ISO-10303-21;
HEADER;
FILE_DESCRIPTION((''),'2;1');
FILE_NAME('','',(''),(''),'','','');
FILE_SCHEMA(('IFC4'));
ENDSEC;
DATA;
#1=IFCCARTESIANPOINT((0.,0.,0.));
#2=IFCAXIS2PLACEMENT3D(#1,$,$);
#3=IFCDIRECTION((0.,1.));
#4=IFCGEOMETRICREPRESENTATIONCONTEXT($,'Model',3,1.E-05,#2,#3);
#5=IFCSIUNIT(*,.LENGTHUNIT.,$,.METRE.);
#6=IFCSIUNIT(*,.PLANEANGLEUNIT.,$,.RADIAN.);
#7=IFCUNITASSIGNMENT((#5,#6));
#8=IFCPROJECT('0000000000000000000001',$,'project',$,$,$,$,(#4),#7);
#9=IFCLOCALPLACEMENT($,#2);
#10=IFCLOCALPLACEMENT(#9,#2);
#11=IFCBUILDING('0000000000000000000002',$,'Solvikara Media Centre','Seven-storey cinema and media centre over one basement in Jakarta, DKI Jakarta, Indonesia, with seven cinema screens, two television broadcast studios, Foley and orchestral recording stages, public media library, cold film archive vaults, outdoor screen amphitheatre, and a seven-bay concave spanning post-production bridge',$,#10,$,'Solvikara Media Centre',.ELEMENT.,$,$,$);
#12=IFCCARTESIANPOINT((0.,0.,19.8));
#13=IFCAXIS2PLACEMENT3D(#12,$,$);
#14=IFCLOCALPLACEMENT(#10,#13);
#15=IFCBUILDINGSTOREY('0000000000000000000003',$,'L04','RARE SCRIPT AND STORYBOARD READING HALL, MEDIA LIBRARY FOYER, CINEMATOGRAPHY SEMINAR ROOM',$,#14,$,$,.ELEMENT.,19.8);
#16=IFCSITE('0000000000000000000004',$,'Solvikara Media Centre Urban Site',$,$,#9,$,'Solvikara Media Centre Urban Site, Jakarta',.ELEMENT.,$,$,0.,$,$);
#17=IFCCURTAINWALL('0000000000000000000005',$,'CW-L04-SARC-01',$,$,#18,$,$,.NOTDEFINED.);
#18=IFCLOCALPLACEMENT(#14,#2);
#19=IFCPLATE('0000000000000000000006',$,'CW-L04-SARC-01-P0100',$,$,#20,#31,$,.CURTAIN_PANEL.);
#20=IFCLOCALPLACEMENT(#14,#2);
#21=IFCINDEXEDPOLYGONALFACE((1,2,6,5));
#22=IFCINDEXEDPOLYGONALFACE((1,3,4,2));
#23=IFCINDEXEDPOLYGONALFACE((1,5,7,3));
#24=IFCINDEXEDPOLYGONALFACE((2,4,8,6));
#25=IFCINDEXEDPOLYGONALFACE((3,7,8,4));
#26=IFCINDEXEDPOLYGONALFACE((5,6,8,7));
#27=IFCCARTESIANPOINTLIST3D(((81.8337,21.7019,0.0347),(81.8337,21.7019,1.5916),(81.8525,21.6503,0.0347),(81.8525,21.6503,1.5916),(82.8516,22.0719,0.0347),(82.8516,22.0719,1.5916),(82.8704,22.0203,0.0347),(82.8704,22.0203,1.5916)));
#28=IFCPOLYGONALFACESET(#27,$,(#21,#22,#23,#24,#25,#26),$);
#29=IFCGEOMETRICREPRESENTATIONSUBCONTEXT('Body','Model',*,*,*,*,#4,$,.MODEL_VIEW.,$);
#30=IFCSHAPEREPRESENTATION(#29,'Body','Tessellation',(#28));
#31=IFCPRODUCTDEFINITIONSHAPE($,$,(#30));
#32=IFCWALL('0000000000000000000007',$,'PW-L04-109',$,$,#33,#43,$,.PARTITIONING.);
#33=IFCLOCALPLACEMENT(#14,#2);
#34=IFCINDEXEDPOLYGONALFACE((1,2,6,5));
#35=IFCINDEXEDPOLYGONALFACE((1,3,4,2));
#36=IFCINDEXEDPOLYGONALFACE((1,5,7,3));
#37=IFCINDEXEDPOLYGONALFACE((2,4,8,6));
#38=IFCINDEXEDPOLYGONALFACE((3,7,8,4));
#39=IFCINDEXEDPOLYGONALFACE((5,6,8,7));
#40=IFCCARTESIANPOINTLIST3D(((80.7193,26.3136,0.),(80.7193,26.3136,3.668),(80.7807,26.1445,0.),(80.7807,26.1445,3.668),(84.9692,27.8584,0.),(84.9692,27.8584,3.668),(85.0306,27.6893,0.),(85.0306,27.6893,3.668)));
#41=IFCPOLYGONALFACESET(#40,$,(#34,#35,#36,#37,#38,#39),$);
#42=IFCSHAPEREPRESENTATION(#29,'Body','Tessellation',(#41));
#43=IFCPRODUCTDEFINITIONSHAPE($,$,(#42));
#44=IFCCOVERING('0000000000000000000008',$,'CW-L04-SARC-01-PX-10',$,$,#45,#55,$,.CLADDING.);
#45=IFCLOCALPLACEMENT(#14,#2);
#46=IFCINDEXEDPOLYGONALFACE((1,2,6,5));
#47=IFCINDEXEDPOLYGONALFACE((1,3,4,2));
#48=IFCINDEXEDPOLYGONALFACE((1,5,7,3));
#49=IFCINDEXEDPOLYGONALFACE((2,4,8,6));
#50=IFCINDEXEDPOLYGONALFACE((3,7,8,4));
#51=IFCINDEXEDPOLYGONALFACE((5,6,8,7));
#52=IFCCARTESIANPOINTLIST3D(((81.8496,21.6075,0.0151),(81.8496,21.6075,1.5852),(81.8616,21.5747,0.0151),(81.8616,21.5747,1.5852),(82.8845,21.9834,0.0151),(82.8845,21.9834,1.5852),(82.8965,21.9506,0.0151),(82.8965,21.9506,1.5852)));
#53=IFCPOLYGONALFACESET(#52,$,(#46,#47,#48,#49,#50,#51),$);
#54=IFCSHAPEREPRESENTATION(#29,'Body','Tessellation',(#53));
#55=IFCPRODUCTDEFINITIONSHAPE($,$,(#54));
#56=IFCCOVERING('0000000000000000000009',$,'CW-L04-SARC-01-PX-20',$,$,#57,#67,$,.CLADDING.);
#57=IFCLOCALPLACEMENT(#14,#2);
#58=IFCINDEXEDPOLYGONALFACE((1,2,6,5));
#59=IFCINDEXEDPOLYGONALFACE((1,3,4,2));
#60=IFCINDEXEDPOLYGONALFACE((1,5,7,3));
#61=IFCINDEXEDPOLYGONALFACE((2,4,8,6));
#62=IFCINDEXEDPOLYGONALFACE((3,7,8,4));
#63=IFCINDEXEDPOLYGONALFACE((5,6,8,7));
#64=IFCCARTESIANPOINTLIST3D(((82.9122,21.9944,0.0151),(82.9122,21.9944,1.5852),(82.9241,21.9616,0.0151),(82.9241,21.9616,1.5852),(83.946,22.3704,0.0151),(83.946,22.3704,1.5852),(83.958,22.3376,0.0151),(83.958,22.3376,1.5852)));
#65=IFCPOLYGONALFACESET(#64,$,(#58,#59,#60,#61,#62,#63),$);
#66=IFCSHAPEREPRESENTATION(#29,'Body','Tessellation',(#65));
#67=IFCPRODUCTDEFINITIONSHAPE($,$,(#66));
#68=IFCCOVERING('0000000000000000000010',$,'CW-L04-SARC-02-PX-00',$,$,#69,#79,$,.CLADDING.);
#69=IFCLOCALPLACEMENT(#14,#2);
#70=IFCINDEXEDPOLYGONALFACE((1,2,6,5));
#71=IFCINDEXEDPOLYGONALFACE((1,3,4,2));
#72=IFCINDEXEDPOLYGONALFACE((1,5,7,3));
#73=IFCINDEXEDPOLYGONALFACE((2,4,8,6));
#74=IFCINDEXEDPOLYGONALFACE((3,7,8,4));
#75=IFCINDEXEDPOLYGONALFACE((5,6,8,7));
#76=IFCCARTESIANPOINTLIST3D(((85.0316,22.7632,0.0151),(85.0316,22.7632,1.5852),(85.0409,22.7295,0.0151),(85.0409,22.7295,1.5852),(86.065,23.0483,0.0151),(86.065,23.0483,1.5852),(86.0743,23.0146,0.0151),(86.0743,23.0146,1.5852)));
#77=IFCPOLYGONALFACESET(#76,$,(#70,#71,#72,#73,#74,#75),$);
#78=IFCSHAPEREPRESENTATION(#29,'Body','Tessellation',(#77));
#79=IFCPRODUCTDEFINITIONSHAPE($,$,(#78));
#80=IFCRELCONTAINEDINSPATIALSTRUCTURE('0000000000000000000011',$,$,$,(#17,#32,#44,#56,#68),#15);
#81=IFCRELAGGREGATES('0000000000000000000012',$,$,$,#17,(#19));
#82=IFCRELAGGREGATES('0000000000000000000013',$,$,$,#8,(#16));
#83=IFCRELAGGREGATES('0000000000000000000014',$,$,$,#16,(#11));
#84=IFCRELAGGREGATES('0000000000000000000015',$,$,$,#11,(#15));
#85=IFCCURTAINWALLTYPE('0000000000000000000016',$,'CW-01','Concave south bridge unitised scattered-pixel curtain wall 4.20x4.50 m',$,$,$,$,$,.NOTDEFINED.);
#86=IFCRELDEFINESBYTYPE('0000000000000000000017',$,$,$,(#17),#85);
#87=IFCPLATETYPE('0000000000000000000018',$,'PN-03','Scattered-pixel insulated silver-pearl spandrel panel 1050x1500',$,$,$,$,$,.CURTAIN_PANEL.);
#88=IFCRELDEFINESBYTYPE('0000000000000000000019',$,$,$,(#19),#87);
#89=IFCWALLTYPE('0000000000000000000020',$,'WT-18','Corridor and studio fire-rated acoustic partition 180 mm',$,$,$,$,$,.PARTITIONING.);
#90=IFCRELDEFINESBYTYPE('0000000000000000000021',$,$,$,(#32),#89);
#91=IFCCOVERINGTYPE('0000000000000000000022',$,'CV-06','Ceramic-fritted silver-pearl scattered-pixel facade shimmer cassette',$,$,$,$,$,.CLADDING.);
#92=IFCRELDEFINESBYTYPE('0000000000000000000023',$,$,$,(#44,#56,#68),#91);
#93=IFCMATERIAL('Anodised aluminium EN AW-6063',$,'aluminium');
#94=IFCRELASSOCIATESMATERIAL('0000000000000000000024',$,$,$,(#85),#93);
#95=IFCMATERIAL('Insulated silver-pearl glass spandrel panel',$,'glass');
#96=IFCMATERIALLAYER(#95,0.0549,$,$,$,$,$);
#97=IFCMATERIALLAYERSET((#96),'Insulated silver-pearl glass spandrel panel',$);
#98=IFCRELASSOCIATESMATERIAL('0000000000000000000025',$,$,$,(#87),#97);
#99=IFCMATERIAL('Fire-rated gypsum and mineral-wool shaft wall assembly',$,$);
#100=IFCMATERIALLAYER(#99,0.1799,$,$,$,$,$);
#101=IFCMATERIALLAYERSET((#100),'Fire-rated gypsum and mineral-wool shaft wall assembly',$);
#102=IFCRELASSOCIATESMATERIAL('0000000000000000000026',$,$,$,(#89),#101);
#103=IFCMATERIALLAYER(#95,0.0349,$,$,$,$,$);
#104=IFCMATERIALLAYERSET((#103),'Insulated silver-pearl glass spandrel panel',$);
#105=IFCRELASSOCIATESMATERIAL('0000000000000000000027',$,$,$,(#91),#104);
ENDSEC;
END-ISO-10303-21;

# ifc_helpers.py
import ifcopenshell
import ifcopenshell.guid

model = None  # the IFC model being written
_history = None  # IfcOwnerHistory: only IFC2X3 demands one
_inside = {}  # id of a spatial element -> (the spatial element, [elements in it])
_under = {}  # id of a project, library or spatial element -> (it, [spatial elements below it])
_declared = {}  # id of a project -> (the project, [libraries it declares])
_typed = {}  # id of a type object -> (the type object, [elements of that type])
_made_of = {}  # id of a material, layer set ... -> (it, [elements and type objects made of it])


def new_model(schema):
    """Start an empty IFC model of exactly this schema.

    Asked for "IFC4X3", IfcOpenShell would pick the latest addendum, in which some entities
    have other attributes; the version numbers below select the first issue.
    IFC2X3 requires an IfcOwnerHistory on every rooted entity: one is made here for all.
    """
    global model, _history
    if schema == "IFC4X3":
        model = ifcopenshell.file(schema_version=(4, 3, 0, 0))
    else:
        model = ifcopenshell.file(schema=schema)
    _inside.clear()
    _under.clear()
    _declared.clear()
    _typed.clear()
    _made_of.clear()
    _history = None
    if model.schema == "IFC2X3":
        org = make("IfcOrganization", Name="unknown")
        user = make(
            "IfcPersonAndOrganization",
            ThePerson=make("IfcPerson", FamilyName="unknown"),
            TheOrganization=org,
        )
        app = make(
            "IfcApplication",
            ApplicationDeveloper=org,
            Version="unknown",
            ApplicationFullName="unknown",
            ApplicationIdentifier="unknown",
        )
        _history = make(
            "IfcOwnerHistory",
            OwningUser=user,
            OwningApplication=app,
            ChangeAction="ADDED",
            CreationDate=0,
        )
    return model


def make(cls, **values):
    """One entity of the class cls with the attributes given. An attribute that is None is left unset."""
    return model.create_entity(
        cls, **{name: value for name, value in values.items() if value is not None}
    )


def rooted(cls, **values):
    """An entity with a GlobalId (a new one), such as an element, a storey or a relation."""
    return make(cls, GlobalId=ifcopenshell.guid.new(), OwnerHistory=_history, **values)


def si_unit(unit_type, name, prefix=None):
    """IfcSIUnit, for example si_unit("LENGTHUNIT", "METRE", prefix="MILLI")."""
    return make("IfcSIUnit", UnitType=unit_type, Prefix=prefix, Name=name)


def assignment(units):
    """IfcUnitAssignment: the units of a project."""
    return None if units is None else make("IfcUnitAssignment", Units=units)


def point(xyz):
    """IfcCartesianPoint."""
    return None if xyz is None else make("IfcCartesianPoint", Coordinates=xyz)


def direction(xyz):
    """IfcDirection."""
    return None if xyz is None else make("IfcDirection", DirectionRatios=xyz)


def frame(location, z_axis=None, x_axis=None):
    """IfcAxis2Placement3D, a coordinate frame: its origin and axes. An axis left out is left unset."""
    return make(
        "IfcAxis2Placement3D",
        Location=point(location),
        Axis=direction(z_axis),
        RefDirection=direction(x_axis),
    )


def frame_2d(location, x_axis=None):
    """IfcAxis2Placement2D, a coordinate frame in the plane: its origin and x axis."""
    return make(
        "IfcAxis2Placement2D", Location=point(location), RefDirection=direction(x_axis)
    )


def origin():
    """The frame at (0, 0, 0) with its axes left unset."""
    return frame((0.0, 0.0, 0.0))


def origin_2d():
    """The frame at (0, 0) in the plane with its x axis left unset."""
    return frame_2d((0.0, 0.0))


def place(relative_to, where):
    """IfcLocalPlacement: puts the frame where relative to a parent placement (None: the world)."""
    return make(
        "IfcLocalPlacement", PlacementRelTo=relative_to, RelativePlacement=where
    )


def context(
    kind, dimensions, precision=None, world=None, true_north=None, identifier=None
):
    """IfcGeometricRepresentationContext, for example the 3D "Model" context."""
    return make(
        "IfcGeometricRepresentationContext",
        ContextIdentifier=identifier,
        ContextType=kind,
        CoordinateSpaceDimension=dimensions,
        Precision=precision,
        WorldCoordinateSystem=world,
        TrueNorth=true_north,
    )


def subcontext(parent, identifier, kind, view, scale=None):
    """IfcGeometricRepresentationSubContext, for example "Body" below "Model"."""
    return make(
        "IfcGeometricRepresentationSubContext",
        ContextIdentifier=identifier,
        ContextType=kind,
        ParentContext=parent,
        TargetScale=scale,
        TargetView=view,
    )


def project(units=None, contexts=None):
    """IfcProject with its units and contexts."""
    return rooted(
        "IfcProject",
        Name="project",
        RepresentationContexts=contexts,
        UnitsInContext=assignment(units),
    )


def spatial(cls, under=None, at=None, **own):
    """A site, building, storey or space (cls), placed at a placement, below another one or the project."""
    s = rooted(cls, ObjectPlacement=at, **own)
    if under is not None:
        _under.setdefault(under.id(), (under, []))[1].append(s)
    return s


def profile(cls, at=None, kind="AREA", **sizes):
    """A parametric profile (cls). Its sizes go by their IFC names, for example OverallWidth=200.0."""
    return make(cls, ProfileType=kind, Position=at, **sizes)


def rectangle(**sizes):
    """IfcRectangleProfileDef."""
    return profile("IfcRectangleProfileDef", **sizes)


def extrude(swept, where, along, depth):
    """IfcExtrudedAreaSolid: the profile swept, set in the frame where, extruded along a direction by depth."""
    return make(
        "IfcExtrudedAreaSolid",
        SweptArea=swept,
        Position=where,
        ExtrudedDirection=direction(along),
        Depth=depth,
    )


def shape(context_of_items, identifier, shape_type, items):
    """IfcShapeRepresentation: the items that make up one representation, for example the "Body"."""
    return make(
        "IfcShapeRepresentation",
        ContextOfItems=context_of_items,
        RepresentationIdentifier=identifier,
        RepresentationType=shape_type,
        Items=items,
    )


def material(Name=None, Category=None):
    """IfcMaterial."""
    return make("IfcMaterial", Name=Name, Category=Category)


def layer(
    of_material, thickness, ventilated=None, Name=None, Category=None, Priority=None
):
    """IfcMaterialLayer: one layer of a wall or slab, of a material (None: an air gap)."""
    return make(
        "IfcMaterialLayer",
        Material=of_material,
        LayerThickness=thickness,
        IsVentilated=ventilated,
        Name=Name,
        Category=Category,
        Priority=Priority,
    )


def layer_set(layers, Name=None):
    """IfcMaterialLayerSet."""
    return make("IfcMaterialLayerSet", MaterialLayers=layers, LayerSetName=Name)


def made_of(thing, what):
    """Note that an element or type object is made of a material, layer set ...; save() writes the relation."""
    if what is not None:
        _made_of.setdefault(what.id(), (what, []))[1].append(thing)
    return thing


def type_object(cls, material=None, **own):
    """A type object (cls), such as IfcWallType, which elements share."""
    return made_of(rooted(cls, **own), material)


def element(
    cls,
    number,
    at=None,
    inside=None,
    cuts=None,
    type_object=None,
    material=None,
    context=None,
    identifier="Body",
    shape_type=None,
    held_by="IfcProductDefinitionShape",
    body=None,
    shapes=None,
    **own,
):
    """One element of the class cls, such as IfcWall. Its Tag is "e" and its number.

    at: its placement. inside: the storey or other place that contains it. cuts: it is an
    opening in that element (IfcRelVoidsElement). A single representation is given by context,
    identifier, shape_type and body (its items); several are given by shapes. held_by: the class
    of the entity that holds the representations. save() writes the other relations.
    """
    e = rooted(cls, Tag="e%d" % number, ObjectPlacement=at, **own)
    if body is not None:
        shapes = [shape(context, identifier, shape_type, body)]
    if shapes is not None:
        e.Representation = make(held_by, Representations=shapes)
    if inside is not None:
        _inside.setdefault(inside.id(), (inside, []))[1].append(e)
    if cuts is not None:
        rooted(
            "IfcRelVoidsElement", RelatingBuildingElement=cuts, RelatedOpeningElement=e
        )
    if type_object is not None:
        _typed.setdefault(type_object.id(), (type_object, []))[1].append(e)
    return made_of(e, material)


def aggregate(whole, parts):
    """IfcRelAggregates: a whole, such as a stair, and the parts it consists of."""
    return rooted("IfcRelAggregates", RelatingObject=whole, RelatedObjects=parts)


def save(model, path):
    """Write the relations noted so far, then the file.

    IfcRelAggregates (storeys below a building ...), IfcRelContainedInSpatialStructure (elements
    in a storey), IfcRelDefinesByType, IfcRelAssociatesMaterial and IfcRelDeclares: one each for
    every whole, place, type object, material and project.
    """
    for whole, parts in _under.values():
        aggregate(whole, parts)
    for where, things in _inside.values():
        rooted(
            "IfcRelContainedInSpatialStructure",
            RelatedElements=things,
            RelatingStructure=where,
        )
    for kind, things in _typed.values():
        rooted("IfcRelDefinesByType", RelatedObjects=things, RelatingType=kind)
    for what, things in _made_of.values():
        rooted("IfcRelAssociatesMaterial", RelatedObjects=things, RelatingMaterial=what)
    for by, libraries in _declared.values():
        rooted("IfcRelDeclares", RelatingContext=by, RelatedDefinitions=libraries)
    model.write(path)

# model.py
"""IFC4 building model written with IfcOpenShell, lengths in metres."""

from ifc_helpers import new_model, si_unit, direction, frame, frame_2d, origin, origin_2d, place, context, subcontext, project, spatial, rectangle, extrude, material, layer, layer_set, type_object, element, aggregate, save


model = new_model("IFC4")

# Units and contexts
model_context = context("Model", 3, precision=1e-05, world=origin(), true_north=direction((0.0, 1.0)))
body_context = subcontext(model_context, "Body", "Model", "MODEL_VIEW")
ifc_project = project(units=[si_unit("LENGTHUNIT", "METRE"), si_unit("PLANEANGLEUNIT", "RADIAN")], contexts=[model_context])

# Site, building, storey
site_placement = place(None, origin())
site = spatial("IfcSite", under=ifc_project, at=site_placement, Name="Solvikara Media Centre Urban Site", LongName="Solvikara Media Centre Urban Site, Jakarta", CompositionType="ELEMENT", RefElevation=0.0)
building_placement = place(site_placement, origin())
building = spatial("IfcBuilding", under=site, at=building_placement, Name="Solvikara Media Centre", Description="Seven-storey cinema and media centre over one basement in Jakarta, DKI Jakarta, Indonesia, with seven cinema screens, two television broadcast studios, Foley and orchestral recording stages, public media library, cold film archive vaults, outdoor screen amphitheatre, and a seven-bay concave spanning post-production bridge", LongName="Solvikara Media Centre", CompositionType="ELEMENT")
storey_placement = place(building_placement, frame((0.0, 0.0, 19.8)))
storey = spatial("IfcBuildingStorey", under=building, at=storey_placement, Name="L04", Description="RARE SCRIPT AND STORYBOARD READING HALL, MEDIA LIBRARY FOYER, CINEMATOGRAPHY SEMINAR ROOM", CompositionType="ELEMENT", Elevation=19.8)

# Shared definitions
ifc_material_1 = material(Name="Anodised aluminium EN AW-6063", Category="aluminium")
curtain_wall_type = type_object("IfcCurtainWallType", Name="CW-01", Description="Concave south bridge unitised scattered-pixel curtain wall 4.20x4.50 m", PredefinedType="NOTDEFINED", material=ifc_material_1)

# Curtain wall
curtain_wall_1_placement = place(storey_placement, origin())
curtain_wall_1 = element("IfcCurtainWall", 1, at=curtain_wall_1_placement, inside=storey, type_object=curtain_wall_type, Name="CW-L04-SARC-01", PredefinedType="NOTDEFINED")

# Plate
ifc_material_2 = material(Name="Insulated silver-pearl glass spandrel panel", Category="glass")
ifc_layer_1 = layer(ifc_material_2, 0.0549)
ifc_layer_set_1 = layer_set([ifc_layer_1], Name="Insulated silver-pearl glass spandrel panel")
plate_type_1 = type_object("IfcPlateType", Name="PN-03", Description="Scattered-pixel insulated silver-pearl spandrel panel 1050x1500", PredefinedType="CURTAIN_PANEL", material=ifc_layer_set_1)
plate_1_placement = place(storey_placement, frame((82.3521, 21.8611, 0.0347), z_axis=(0.0, 0.0, 1.0), x_axis=(0.939824, 0.341659, 0.0)))
plate_1 = element("IfcPlate", 2, at=plate_1_placement, type_object=plate_type_1, Name="CW-L04-SARC-01-P0100", PredefinedType="CURTAIN_PANEL", context=body_context, shape_type="SweptSolid", body=[
    extrude(rectangle(XDim=1.083, YDim=0.0549, at=origin_2d()), origin(), (0.0, 0.0, 1.0), 1.5569),
])
aggregate(curtain_wall_1, [plate_1])

# Wall
ifc_material_3 = material(Name="Fire-rated gypsum and mineral-wool shaft wall assembly")
ifc_layer_2 = layer(ifc_material_3, 0.1799)
ifc_layer_set_2 = layer_set([ifc_layer_2], Name="Fire-rated gypsum and mineral-wool shaft wall assembly")
wall_type = type_object("IfcWallType", Name="WT-18", Description="Corridor and studio fire-rated acoustic partition 180 mm", PredefinedType="PARTITIONING", material=ifc_layer_set_2)
wall_placement = place(storey_placement, frame((80.75, 26.229, 0.0), z_axis=(0.0, 0.0, 1.0), x_axis=(0.939831, 0.341639, 0.0)))
element("IfcWall", 3, at=wall_placement, inside=storey, type_object=wall_type, Name="PW-L04-109", PredefinedType="PARTITIONING", context=body_context, shape_type="SweptSolid", body=[
    extrude(rectangle(XDim=4.522, YDim=0.1799, at=frame_2d((2.261, 0.0))), origin(), (0.0, 0.0, 1.0), 3.668),
])

# Coverings
ifc_layer_3 = layer(ifc_material_2, 0.0349)
ifc_layer_set_3 = layer_set([ifc_layer_3], Name="Insulated silver-pearl glass spandrel panel")
covering_type = type_object("IfcCoveringType", Name="CV-06", Description="Ceramic-fritted silver-pearl scattered-pixel facade shimmer cassette", PredefinedType="CLADDING", material=ifc_layer_set_3)
covering_1_placement = place(storey_placement, frame((82.373, 21.7791, 0.0151), z_axis=(0.0, 0.0, 1.0), x_axis=(0.939901, 0.341446, 0.0)))
element("IfcCovering", 4, at=covering_1_placement, inside=storey, type_object=covering_type, Name="CW-L04-SARC-01-PX-10", PredefinedType="CLADDING", context=body_context, shape_type="SweptSolid", body=[
    extrude(rectangle(XDim=1.1011, YDim=0.0349, at=origin_2d()), origin(), (0.0, 0.0, 1.0), 1.5701),
])
covering_2_placement = place(storey_placement, frame((83.4351, 22.166, 0.0151), z_axis=(0.0, 0.0, 1.0), x_axis=(0.939794, 0.341741, 0.0)))
element("IfcCovering", 5, at=covering_2_placement, inside=storey, type_object=covering_type, Name="CW-L04-SARC-01-PX-20", PredefinedType="CLADDING", context=body_context, shape_type="SweptSolid", body=[
    extrude(rectangle(XDim=1.1001, YDim=0.0349, at=origin_2d()), origin(), (0.0, 0.0, 1.0), 1.5701),
])
covering_3_placement = place(storey_placement, frame((85.553, 22.8889, 0.0151), z_axis=(0.0, 0.0, 1.0), x_axis=(0.963984, 0.26596, 0.0)))
element("IfcCovering", 6, at=covering_3_placement, inside=storey, type_object=covering_type, Name="CW-L04-SARC-02-PX-00", PredefinedType="CLADDING", context=body_context, shape_type="SweptSolid", body=[
    extrude(rectangle(XDim=1.072, YDim=0.0349, at=origin_2d()), origin(), (0.0, 0.0, 1.0), 1.5701),
])

save(model, "model.ifc")
